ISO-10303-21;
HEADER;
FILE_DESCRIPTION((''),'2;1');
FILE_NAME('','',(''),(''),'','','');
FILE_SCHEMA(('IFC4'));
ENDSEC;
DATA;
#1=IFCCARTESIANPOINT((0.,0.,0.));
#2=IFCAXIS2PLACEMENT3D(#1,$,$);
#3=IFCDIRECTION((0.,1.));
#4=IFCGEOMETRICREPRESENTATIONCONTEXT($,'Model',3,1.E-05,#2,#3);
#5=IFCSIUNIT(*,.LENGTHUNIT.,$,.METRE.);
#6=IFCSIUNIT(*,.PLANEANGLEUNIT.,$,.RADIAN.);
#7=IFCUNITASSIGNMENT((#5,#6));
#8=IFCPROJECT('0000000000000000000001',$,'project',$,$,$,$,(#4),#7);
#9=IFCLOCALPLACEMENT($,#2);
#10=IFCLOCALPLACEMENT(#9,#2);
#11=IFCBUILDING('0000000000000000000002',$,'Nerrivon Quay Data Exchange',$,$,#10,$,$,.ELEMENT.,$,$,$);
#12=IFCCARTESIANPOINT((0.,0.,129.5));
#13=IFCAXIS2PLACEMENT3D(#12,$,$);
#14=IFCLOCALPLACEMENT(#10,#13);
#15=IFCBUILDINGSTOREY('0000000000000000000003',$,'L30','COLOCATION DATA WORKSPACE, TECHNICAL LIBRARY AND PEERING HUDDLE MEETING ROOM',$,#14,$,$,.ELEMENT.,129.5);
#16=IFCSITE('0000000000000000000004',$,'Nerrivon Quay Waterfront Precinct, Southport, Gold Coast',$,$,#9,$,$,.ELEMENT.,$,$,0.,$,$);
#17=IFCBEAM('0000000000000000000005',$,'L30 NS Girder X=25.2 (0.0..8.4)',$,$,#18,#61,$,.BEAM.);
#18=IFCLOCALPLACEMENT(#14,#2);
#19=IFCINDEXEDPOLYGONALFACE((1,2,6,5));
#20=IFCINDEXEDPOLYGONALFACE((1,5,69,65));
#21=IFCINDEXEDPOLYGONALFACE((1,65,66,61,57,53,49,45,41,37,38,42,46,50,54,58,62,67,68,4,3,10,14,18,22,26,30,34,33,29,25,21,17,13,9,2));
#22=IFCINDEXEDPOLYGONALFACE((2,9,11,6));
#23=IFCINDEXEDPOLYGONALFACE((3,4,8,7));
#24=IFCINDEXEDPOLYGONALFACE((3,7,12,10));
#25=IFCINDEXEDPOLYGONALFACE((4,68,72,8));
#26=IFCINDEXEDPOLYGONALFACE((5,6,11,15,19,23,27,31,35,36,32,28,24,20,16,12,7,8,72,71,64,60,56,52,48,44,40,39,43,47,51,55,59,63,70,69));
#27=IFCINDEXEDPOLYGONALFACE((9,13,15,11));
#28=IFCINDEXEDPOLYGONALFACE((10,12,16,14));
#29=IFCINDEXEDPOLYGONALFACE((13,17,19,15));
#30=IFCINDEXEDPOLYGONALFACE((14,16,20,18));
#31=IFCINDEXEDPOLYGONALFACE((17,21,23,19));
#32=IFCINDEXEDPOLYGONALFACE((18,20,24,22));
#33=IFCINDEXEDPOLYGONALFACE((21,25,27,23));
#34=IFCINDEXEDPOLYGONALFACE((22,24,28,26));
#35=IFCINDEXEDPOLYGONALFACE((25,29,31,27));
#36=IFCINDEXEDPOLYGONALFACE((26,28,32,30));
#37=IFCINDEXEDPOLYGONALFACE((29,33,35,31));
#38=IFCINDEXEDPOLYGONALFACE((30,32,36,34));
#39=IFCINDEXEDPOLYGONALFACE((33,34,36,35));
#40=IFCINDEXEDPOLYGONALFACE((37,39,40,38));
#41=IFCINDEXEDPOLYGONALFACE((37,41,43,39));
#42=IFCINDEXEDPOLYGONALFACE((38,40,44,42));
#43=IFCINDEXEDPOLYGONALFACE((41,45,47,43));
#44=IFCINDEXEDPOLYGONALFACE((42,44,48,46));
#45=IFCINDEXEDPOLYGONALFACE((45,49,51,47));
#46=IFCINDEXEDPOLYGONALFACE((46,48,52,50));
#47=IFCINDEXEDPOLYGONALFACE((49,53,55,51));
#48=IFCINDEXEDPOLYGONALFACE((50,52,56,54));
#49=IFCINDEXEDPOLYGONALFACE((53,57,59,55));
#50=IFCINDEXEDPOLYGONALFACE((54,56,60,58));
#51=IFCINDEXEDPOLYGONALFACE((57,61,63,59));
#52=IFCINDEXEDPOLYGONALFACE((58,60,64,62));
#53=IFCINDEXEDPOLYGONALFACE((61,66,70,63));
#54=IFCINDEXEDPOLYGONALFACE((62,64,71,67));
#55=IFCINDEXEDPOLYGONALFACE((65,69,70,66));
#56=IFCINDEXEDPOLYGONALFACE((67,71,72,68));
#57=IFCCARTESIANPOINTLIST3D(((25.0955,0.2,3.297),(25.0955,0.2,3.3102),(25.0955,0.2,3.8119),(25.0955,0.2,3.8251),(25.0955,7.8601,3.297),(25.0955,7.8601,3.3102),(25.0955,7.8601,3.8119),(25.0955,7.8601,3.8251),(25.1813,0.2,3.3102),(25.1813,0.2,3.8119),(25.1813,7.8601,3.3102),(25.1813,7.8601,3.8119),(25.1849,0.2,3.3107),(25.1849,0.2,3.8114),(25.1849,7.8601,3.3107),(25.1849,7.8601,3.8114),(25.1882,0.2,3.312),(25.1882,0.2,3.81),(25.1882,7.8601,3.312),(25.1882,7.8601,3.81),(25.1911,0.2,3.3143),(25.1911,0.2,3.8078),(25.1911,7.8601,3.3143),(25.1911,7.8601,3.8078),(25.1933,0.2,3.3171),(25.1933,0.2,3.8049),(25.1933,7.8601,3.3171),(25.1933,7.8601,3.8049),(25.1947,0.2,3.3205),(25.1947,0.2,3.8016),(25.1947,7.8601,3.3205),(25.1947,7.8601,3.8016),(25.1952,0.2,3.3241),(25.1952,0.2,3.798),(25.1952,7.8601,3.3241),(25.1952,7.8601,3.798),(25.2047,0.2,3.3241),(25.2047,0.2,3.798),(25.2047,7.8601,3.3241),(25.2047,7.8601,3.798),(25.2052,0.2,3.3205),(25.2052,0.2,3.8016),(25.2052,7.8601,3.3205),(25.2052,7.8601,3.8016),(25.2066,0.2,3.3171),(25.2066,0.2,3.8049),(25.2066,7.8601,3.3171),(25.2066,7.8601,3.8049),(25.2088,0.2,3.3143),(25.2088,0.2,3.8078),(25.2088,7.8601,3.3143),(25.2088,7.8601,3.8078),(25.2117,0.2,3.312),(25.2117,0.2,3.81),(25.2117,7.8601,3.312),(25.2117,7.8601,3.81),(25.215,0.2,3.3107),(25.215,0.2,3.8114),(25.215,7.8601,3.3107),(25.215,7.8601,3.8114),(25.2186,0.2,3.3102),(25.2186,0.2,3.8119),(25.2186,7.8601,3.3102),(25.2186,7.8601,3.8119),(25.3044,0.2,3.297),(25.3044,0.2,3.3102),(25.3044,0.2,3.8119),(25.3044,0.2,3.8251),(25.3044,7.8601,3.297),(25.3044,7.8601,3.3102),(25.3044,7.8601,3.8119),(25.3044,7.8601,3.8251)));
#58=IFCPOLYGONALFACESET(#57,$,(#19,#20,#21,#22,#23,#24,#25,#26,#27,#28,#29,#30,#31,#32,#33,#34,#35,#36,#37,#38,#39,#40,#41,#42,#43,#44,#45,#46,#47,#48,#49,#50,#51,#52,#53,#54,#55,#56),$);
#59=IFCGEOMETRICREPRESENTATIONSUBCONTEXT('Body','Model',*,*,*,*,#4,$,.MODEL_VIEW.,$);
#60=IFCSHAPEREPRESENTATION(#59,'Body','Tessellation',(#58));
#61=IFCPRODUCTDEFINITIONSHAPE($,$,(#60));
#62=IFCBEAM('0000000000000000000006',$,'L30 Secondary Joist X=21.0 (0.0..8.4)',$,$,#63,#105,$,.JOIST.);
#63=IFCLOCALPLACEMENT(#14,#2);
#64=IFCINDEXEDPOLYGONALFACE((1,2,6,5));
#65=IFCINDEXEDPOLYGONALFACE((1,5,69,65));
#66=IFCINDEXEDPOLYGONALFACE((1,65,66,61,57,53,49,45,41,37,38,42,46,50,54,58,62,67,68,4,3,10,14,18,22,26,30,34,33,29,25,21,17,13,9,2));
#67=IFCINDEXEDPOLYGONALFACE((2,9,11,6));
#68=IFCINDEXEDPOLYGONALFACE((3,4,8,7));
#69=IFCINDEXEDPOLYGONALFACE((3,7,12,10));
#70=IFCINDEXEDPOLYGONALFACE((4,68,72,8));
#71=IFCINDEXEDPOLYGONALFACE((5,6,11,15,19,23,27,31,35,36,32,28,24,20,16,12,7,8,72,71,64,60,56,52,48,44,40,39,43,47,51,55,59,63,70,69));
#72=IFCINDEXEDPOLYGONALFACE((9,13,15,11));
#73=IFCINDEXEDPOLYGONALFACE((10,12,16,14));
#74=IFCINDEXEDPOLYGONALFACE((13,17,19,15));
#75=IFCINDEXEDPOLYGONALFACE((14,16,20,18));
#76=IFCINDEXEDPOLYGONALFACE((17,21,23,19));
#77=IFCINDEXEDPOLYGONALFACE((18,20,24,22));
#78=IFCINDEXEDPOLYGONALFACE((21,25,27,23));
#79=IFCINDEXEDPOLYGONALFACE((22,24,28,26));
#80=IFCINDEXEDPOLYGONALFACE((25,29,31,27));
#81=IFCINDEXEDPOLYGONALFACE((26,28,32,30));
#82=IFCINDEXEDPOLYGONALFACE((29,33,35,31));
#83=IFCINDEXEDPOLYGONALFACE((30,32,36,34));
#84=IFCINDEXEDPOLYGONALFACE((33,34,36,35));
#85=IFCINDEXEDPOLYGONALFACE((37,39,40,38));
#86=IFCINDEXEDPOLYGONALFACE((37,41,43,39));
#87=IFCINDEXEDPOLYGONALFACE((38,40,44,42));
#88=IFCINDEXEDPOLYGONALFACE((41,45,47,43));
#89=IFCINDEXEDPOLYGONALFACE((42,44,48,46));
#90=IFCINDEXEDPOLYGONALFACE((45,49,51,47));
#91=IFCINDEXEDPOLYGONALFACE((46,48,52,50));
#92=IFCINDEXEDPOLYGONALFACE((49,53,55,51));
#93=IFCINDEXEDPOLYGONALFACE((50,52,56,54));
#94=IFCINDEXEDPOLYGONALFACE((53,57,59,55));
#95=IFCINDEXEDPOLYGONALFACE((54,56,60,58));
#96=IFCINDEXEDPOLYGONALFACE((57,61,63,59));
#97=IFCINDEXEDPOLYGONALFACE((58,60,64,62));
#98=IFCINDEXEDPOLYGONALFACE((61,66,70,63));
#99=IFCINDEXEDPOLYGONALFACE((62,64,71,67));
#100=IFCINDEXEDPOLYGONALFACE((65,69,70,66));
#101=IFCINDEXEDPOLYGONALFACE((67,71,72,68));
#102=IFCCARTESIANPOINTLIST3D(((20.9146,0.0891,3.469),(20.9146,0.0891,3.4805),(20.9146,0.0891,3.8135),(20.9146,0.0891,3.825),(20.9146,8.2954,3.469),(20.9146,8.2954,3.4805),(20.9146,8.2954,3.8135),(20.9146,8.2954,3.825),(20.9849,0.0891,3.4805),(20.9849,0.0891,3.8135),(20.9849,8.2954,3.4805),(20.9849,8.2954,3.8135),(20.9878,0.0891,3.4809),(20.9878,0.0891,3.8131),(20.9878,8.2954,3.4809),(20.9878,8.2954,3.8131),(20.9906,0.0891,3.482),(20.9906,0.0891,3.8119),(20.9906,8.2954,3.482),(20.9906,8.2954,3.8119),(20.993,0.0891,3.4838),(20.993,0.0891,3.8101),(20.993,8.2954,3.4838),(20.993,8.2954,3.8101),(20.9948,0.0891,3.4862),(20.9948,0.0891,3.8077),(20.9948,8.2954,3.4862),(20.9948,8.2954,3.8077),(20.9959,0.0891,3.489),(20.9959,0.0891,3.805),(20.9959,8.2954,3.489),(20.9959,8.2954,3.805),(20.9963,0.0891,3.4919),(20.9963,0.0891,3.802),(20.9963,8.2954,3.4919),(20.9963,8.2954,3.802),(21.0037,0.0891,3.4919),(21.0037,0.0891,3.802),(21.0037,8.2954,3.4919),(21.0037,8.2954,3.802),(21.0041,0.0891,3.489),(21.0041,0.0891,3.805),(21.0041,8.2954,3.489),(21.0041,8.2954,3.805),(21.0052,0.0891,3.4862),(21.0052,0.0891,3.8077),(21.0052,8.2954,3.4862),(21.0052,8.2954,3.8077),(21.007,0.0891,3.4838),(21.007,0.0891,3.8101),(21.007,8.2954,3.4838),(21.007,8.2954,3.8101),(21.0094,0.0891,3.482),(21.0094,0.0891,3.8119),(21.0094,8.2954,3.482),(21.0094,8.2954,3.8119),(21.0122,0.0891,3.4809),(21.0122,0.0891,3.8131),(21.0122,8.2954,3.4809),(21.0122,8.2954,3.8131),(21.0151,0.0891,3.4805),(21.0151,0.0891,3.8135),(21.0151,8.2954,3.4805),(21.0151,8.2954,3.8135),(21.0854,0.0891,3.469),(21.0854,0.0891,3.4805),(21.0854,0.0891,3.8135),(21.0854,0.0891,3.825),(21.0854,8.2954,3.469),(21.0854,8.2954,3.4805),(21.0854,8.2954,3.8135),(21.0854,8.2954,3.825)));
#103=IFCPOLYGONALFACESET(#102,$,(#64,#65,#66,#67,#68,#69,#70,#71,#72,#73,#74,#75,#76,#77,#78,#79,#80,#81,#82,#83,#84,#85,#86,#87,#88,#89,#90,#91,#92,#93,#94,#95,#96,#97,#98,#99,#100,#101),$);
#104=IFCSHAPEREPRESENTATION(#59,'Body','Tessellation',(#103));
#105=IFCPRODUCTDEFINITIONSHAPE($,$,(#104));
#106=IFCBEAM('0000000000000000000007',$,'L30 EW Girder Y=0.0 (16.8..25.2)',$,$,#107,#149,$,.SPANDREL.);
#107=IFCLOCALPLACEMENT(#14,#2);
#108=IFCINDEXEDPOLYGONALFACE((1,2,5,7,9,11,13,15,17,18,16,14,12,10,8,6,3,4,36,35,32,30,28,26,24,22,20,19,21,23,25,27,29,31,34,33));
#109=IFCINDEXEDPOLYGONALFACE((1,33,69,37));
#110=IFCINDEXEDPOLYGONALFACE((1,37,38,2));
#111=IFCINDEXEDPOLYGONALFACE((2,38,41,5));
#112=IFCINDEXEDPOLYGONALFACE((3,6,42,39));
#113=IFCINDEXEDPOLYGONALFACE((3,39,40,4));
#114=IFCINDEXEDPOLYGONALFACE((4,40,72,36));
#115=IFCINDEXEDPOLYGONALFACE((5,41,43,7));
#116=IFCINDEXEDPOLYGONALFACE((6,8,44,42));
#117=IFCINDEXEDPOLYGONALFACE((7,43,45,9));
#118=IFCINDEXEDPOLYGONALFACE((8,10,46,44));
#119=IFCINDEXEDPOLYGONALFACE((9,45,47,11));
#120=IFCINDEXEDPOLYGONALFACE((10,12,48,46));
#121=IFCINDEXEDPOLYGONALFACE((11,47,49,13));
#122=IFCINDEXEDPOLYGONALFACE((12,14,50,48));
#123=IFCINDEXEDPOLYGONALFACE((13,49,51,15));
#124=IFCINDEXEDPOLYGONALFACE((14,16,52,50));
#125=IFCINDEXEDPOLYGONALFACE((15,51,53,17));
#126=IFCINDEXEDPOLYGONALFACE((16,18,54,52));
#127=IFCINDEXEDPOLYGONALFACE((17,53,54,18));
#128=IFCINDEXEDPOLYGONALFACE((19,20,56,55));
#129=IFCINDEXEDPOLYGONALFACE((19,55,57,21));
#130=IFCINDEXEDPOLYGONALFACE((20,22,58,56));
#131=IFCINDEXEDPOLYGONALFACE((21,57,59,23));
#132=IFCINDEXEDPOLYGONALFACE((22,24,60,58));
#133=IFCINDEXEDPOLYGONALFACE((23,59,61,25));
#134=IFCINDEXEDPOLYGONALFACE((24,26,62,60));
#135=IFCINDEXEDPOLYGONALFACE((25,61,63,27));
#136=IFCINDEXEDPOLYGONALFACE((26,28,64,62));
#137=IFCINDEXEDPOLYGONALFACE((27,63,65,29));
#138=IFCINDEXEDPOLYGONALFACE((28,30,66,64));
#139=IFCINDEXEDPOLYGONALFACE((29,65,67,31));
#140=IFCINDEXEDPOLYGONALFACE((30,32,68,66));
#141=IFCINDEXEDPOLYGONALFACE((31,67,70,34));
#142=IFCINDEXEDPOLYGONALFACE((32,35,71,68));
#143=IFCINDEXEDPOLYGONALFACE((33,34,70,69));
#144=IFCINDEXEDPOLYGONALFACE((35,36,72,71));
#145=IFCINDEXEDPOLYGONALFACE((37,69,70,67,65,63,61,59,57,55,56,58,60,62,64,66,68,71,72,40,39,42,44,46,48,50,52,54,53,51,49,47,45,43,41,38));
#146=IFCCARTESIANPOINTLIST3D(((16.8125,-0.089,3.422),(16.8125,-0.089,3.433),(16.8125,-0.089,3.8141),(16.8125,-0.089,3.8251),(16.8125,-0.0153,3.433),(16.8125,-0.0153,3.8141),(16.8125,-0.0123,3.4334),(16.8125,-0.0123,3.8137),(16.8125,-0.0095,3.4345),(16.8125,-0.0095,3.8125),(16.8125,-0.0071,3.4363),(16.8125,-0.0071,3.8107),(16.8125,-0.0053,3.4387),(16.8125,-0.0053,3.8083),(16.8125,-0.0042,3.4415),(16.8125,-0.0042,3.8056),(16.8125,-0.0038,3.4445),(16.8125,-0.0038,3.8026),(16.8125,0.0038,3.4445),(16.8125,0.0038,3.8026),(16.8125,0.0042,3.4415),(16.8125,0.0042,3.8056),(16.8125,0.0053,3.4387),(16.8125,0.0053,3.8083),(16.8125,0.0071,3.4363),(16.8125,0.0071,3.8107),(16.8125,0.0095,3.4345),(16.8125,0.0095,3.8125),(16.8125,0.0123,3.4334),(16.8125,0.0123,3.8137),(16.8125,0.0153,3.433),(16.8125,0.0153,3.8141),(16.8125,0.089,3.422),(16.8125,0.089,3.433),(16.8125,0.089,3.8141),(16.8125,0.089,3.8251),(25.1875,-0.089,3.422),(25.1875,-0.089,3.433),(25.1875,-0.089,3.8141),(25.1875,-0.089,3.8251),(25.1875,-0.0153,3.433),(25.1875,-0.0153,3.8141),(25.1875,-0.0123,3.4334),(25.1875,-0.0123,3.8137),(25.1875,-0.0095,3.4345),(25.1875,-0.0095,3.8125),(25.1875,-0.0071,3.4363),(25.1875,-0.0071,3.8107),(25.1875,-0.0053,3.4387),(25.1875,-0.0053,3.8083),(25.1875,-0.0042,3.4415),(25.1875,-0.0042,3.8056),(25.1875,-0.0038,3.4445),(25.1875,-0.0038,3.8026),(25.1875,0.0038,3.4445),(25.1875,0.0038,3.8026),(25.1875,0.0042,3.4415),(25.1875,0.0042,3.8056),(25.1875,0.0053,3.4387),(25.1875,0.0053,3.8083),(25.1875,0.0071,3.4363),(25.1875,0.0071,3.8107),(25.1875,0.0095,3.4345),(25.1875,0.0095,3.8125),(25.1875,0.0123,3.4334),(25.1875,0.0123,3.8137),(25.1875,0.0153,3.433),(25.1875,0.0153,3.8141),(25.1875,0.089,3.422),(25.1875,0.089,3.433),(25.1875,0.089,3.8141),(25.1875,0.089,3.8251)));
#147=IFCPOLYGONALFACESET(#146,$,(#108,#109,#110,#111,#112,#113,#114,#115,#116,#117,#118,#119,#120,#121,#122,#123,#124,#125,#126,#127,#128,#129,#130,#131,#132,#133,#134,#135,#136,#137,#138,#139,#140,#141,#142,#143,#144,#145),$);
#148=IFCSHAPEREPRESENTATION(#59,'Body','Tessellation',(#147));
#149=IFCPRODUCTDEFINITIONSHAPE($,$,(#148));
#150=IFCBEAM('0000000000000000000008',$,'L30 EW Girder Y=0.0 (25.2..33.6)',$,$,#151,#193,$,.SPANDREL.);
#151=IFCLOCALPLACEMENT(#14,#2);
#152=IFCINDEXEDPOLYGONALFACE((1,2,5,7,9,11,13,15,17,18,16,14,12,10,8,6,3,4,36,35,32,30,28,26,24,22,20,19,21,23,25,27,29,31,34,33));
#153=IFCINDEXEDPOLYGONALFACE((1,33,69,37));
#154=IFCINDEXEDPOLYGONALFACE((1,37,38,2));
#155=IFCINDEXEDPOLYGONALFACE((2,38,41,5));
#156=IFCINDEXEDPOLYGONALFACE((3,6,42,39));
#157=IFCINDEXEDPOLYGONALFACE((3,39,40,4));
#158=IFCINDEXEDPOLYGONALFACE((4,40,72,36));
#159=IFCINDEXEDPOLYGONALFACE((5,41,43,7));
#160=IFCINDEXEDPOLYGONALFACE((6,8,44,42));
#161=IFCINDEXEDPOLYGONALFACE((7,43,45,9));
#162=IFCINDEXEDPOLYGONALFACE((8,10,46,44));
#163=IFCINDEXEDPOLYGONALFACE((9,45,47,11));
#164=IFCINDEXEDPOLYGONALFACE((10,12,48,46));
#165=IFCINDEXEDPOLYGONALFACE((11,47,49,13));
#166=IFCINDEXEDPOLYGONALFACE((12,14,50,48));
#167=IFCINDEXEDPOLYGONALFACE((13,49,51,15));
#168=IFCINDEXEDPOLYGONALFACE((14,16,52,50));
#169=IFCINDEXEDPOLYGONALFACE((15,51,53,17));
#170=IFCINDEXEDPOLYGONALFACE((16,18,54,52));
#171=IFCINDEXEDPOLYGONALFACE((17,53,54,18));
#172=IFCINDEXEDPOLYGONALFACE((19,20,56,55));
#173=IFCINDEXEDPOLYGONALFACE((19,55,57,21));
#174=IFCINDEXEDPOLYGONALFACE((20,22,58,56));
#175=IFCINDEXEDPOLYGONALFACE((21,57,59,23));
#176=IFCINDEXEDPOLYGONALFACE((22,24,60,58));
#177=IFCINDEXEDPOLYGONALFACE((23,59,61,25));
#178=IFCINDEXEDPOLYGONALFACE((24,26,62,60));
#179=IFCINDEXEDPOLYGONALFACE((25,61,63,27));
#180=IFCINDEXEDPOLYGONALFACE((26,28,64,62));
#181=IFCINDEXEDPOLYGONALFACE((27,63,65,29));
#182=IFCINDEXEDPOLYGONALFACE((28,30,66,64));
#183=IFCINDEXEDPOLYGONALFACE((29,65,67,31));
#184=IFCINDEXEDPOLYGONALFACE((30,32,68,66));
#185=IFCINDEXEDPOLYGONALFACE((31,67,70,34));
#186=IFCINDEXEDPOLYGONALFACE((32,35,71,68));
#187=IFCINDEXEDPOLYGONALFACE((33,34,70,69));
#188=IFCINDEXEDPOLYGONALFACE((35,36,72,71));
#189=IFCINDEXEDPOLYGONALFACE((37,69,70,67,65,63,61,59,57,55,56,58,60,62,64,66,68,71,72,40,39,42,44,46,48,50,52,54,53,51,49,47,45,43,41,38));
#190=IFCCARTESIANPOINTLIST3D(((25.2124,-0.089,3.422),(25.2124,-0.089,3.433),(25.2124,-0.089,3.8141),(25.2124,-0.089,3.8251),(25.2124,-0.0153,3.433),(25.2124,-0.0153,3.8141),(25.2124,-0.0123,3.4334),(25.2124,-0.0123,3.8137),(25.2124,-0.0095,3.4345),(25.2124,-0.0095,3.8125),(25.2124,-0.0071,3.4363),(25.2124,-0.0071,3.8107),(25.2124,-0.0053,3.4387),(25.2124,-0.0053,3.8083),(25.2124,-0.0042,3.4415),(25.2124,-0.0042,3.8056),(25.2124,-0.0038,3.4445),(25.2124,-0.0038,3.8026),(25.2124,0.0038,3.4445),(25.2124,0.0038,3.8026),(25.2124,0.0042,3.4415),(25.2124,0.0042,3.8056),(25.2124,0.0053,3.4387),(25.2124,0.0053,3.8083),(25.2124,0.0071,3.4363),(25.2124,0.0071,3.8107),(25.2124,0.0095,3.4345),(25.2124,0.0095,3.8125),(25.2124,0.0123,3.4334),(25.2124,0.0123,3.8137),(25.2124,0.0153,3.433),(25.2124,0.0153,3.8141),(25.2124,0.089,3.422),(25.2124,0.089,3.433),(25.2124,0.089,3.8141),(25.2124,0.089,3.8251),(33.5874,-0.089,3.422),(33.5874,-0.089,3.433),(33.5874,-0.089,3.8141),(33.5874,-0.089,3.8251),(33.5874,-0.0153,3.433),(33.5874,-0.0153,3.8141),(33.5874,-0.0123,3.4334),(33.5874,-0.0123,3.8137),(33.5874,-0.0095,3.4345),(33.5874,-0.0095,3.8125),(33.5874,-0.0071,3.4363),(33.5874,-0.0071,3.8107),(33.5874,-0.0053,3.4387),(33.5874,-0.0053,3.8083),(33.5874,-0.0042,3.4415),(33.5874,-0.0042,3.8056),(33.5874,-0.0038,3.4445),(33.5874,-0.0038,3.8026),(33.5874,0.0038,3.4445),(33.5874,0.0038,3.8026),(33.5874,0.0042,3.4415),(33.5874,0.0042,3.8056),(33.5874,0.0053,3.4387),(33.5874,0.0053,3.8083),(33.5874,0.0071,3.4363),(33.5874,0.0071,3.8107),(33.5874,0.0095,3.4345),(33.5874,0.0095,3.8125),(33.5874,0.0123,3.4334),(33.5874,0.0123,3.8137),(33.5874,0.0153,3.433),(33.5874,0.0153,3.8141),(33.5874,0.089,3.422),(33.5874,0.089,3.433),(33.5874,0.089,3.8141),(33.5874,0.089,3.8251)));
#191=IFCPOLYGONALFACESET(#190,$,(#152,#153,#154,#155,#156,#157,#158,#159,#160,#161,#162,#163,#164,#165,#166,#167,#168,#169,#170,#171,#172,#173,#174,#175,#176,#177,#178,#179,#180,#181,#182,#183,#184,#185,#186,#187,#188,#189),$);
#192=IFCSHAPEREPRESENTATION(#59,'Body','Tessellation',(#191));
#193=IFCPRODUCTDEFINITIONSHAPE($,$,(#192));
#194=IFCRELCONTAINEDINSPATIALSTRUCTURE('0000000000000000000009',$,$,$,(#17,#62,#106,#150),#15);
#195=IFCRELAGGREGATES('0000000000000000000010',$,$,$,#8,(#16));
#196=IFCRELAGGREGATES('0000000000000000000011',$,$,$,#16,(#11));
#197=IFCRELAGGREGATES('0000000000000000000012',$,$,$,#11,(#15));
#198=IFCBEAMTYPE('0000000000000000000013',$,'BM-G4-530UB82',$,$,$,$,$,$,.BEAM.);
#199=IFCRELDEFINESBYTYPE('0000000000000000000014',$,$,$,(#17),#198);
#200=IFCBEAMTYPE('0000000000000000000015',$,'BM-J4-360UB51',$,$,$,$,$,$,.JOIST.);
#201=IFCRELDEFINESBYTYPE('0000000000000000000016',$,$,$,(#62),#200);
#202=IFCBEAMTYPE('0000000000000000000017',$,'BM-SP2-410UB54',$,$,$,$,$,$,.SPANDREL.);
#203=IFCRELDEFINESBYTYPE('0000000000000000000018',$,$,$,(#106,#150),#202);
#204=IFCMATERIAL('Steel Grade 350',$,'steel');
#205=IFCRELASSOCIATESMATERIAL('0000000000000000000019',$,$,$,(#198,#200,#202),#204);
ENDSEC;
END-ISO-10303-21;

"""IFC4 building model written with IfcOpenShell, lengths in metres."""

from ifc_helpers import new_model, si_unit, direction, frame, origin, origin_2d, place, context, subcontext, project, spatial, i_section, extrude, material, material_profile, profile_set, type_object, element, save


model = new_model("IFC4")

# Units and contexts
model_context = context("Model", 3, precision=1e-05, world=origin(), true_north=direction((0.0, 1.0)))
body_context = subcontext(model_context, "Body", "Model", "MODEL_VIEW")
ifc_project = project(units=[si_unit("LENGTHUNIT", "METRE"), si_unit("PLANEANGLEUNIT", "RADIAN")], contexts=[model_context])

# Site, building, storey
site_placement = place(None, origin())
site = spatial("IfcSite", under=ifc_project, at=site_placement, Name="Nerrivon Quay Waterfront Precinct, Southport, Gold Coast", CompositionType="ELEMENT", RefElevation=0.0)
building_placement = place(site_placement, origin())
building = spatial("IfcBuilding", under=site, at=building_placement, Name="Nerrivon Quay Data Exchange", CompositionType="ELEMENT")
storey_placement = place(building_placement, frame((0.0, 0.0, 129.5)))
storey = spatial("IfcBuildingStorey", under=building, at=storey_placement, Name="L30", Description="COLOCATION DATA WORKSPACE, TECHNICAL LIBRARY AND PEERING HUDDLE MEETING ROOM", CompositionType="ELEMENT", Elevation=129.5)

# Shared definitions
ifc_material_1 = material(Name="Steel Grade 350", Category="steel")

# Beams
ifc_material_profile_1 = material_profile(ifc_material_1, i_section(OverallWidth=0.209, OverallDepth=0.5281, WebThickness=0.0095, FlangeThickness=0.0132, FilletRadius=0.0139, at=origin_2d()), Name="530UB82.0")
ifc_profile_set_1 = profile_set([ifc_material_profile_1], Name="Steel Grade 350")
beam_type_1 = type_object("IfcBeamType", Name="BM-G4-530UB82", PredefinedType="BEAM", material=ifc_profile_set_1)
beam_1_placement = place(storey_placement, frame((25.2, 0.2, 3.561), z_axis=(0.0, 1.0, 0.0), x_axis=(-1.0, 0.0, 0.0)))
element("IfcBeam", 1, at=beam_1_placement, inside=storey, type_object=beam_type_1, Name="L30 NS Girder X=25.2 (0.0..8.4)", PredefinedType="BEAM", context=body_context, shape_type="SweptSolid", body=[
    extrude(i_section(OverallWidth=0.209, OverallDepth=0.5281, WebThickness=0.0095, FlangeThickness=0.0132, FilletRadius=0.0139, at=origin_2d()), origin(), (0.0, 0.0, 1.0), 7.6602),
])
ifc_material_profile_2 = material_profile(ifc_material_1, i_section(OverallWidth=0.1709, OverallDepth=0.356, WebThickness=0.0073, FlangeThickness=0.0115, FilletRadius=0.0115, at=origin_2d()), Name="360UB50.7")
ifc_profile_set_2 = profile_set([ifc_material_profile_2], Name="Steel Grade 350")
beam_type_2 = type_object("IfcBeamType", Name="BM-J4-360UB51", PredefinedType="JOIST", material=ifc_profile_set_2)
beam_2_placement = place(storey_placement, frame((21.0, 0.0891, 3.647), z_axis=(0.0, 1.0, 0.0), x_axis=(-1.0, 0.0, 0.0)))
element("IfcBeam", 2, at=beam_2_placement, inside=storey, type_object=beam_type_2, Name="L30 Secondary Joist X=21.0 (0.0..8.4)", PredefinedType="JOIST", context=body_context, shape_type="SweptSolid", body=[
    extrude(i_section(OverallWidth=0.1709, OverallDepth=0.356, WebThickness=0.0073, FlangeThickness=0.0115, FilletRadius=0.0115, at=origin_2d()), origin(), (0.0, 0.0, 1.0), 8.2063),
])
ifc_material_profile_3 = material_profile(ifc_material_1, i_section(OverallWidth=0.178, OverallDepth=0.4031, WebThickness=0.0076, FlangeThickness=0.011, FilletRadius=0.0115, at=origin_2d()), Name="410UB53.7")
ifc_profile_set_3 = profile_set([ifc_material_profile_3], Name="Steel Grade 350")
beam_type_3 = type_object("IfcBeamType", Name="BM-SP2-410UB54", PredefinedType="SPANDREL", material=ifc_profile_set_3)
for number, where, z_axis, x_axis, name in (
    (3, (16.8125, 0.0, 3.6235), (1.0, 0.0, 0.0), (0.0, 1.0, 0.0), "L30 EW Girder Y=0.0 (16.8..25.2)"),
    (4, (25.2124, 0.0, 3.6235), (1.0, 0.0, 0.0), (0.0, 1.0, 0.0), "L30 EW Girder Y=0.0 (25.2..33.6)"),
):
    element("IfcBeam", number, at=place(storey_placement, frame(where, z_axis=z_axis, x_axis=x_axis)), inside=storey, type_object=beam_type_3, Name=name, PredefinedType="SPANDREL", context=body_context, shape_type="SweptSolid", body=[
        extrude(i_section(OverallWidth=0.178, OverallDepth=0.4031, WebThickness=0.0076, FlangeThickness=0.011, FilletRadius=0.0115, at=origin_2d()), origin(), (0.0, 0.0, 1.0), 8.375),
    ])

save(model, "model.ifc")
